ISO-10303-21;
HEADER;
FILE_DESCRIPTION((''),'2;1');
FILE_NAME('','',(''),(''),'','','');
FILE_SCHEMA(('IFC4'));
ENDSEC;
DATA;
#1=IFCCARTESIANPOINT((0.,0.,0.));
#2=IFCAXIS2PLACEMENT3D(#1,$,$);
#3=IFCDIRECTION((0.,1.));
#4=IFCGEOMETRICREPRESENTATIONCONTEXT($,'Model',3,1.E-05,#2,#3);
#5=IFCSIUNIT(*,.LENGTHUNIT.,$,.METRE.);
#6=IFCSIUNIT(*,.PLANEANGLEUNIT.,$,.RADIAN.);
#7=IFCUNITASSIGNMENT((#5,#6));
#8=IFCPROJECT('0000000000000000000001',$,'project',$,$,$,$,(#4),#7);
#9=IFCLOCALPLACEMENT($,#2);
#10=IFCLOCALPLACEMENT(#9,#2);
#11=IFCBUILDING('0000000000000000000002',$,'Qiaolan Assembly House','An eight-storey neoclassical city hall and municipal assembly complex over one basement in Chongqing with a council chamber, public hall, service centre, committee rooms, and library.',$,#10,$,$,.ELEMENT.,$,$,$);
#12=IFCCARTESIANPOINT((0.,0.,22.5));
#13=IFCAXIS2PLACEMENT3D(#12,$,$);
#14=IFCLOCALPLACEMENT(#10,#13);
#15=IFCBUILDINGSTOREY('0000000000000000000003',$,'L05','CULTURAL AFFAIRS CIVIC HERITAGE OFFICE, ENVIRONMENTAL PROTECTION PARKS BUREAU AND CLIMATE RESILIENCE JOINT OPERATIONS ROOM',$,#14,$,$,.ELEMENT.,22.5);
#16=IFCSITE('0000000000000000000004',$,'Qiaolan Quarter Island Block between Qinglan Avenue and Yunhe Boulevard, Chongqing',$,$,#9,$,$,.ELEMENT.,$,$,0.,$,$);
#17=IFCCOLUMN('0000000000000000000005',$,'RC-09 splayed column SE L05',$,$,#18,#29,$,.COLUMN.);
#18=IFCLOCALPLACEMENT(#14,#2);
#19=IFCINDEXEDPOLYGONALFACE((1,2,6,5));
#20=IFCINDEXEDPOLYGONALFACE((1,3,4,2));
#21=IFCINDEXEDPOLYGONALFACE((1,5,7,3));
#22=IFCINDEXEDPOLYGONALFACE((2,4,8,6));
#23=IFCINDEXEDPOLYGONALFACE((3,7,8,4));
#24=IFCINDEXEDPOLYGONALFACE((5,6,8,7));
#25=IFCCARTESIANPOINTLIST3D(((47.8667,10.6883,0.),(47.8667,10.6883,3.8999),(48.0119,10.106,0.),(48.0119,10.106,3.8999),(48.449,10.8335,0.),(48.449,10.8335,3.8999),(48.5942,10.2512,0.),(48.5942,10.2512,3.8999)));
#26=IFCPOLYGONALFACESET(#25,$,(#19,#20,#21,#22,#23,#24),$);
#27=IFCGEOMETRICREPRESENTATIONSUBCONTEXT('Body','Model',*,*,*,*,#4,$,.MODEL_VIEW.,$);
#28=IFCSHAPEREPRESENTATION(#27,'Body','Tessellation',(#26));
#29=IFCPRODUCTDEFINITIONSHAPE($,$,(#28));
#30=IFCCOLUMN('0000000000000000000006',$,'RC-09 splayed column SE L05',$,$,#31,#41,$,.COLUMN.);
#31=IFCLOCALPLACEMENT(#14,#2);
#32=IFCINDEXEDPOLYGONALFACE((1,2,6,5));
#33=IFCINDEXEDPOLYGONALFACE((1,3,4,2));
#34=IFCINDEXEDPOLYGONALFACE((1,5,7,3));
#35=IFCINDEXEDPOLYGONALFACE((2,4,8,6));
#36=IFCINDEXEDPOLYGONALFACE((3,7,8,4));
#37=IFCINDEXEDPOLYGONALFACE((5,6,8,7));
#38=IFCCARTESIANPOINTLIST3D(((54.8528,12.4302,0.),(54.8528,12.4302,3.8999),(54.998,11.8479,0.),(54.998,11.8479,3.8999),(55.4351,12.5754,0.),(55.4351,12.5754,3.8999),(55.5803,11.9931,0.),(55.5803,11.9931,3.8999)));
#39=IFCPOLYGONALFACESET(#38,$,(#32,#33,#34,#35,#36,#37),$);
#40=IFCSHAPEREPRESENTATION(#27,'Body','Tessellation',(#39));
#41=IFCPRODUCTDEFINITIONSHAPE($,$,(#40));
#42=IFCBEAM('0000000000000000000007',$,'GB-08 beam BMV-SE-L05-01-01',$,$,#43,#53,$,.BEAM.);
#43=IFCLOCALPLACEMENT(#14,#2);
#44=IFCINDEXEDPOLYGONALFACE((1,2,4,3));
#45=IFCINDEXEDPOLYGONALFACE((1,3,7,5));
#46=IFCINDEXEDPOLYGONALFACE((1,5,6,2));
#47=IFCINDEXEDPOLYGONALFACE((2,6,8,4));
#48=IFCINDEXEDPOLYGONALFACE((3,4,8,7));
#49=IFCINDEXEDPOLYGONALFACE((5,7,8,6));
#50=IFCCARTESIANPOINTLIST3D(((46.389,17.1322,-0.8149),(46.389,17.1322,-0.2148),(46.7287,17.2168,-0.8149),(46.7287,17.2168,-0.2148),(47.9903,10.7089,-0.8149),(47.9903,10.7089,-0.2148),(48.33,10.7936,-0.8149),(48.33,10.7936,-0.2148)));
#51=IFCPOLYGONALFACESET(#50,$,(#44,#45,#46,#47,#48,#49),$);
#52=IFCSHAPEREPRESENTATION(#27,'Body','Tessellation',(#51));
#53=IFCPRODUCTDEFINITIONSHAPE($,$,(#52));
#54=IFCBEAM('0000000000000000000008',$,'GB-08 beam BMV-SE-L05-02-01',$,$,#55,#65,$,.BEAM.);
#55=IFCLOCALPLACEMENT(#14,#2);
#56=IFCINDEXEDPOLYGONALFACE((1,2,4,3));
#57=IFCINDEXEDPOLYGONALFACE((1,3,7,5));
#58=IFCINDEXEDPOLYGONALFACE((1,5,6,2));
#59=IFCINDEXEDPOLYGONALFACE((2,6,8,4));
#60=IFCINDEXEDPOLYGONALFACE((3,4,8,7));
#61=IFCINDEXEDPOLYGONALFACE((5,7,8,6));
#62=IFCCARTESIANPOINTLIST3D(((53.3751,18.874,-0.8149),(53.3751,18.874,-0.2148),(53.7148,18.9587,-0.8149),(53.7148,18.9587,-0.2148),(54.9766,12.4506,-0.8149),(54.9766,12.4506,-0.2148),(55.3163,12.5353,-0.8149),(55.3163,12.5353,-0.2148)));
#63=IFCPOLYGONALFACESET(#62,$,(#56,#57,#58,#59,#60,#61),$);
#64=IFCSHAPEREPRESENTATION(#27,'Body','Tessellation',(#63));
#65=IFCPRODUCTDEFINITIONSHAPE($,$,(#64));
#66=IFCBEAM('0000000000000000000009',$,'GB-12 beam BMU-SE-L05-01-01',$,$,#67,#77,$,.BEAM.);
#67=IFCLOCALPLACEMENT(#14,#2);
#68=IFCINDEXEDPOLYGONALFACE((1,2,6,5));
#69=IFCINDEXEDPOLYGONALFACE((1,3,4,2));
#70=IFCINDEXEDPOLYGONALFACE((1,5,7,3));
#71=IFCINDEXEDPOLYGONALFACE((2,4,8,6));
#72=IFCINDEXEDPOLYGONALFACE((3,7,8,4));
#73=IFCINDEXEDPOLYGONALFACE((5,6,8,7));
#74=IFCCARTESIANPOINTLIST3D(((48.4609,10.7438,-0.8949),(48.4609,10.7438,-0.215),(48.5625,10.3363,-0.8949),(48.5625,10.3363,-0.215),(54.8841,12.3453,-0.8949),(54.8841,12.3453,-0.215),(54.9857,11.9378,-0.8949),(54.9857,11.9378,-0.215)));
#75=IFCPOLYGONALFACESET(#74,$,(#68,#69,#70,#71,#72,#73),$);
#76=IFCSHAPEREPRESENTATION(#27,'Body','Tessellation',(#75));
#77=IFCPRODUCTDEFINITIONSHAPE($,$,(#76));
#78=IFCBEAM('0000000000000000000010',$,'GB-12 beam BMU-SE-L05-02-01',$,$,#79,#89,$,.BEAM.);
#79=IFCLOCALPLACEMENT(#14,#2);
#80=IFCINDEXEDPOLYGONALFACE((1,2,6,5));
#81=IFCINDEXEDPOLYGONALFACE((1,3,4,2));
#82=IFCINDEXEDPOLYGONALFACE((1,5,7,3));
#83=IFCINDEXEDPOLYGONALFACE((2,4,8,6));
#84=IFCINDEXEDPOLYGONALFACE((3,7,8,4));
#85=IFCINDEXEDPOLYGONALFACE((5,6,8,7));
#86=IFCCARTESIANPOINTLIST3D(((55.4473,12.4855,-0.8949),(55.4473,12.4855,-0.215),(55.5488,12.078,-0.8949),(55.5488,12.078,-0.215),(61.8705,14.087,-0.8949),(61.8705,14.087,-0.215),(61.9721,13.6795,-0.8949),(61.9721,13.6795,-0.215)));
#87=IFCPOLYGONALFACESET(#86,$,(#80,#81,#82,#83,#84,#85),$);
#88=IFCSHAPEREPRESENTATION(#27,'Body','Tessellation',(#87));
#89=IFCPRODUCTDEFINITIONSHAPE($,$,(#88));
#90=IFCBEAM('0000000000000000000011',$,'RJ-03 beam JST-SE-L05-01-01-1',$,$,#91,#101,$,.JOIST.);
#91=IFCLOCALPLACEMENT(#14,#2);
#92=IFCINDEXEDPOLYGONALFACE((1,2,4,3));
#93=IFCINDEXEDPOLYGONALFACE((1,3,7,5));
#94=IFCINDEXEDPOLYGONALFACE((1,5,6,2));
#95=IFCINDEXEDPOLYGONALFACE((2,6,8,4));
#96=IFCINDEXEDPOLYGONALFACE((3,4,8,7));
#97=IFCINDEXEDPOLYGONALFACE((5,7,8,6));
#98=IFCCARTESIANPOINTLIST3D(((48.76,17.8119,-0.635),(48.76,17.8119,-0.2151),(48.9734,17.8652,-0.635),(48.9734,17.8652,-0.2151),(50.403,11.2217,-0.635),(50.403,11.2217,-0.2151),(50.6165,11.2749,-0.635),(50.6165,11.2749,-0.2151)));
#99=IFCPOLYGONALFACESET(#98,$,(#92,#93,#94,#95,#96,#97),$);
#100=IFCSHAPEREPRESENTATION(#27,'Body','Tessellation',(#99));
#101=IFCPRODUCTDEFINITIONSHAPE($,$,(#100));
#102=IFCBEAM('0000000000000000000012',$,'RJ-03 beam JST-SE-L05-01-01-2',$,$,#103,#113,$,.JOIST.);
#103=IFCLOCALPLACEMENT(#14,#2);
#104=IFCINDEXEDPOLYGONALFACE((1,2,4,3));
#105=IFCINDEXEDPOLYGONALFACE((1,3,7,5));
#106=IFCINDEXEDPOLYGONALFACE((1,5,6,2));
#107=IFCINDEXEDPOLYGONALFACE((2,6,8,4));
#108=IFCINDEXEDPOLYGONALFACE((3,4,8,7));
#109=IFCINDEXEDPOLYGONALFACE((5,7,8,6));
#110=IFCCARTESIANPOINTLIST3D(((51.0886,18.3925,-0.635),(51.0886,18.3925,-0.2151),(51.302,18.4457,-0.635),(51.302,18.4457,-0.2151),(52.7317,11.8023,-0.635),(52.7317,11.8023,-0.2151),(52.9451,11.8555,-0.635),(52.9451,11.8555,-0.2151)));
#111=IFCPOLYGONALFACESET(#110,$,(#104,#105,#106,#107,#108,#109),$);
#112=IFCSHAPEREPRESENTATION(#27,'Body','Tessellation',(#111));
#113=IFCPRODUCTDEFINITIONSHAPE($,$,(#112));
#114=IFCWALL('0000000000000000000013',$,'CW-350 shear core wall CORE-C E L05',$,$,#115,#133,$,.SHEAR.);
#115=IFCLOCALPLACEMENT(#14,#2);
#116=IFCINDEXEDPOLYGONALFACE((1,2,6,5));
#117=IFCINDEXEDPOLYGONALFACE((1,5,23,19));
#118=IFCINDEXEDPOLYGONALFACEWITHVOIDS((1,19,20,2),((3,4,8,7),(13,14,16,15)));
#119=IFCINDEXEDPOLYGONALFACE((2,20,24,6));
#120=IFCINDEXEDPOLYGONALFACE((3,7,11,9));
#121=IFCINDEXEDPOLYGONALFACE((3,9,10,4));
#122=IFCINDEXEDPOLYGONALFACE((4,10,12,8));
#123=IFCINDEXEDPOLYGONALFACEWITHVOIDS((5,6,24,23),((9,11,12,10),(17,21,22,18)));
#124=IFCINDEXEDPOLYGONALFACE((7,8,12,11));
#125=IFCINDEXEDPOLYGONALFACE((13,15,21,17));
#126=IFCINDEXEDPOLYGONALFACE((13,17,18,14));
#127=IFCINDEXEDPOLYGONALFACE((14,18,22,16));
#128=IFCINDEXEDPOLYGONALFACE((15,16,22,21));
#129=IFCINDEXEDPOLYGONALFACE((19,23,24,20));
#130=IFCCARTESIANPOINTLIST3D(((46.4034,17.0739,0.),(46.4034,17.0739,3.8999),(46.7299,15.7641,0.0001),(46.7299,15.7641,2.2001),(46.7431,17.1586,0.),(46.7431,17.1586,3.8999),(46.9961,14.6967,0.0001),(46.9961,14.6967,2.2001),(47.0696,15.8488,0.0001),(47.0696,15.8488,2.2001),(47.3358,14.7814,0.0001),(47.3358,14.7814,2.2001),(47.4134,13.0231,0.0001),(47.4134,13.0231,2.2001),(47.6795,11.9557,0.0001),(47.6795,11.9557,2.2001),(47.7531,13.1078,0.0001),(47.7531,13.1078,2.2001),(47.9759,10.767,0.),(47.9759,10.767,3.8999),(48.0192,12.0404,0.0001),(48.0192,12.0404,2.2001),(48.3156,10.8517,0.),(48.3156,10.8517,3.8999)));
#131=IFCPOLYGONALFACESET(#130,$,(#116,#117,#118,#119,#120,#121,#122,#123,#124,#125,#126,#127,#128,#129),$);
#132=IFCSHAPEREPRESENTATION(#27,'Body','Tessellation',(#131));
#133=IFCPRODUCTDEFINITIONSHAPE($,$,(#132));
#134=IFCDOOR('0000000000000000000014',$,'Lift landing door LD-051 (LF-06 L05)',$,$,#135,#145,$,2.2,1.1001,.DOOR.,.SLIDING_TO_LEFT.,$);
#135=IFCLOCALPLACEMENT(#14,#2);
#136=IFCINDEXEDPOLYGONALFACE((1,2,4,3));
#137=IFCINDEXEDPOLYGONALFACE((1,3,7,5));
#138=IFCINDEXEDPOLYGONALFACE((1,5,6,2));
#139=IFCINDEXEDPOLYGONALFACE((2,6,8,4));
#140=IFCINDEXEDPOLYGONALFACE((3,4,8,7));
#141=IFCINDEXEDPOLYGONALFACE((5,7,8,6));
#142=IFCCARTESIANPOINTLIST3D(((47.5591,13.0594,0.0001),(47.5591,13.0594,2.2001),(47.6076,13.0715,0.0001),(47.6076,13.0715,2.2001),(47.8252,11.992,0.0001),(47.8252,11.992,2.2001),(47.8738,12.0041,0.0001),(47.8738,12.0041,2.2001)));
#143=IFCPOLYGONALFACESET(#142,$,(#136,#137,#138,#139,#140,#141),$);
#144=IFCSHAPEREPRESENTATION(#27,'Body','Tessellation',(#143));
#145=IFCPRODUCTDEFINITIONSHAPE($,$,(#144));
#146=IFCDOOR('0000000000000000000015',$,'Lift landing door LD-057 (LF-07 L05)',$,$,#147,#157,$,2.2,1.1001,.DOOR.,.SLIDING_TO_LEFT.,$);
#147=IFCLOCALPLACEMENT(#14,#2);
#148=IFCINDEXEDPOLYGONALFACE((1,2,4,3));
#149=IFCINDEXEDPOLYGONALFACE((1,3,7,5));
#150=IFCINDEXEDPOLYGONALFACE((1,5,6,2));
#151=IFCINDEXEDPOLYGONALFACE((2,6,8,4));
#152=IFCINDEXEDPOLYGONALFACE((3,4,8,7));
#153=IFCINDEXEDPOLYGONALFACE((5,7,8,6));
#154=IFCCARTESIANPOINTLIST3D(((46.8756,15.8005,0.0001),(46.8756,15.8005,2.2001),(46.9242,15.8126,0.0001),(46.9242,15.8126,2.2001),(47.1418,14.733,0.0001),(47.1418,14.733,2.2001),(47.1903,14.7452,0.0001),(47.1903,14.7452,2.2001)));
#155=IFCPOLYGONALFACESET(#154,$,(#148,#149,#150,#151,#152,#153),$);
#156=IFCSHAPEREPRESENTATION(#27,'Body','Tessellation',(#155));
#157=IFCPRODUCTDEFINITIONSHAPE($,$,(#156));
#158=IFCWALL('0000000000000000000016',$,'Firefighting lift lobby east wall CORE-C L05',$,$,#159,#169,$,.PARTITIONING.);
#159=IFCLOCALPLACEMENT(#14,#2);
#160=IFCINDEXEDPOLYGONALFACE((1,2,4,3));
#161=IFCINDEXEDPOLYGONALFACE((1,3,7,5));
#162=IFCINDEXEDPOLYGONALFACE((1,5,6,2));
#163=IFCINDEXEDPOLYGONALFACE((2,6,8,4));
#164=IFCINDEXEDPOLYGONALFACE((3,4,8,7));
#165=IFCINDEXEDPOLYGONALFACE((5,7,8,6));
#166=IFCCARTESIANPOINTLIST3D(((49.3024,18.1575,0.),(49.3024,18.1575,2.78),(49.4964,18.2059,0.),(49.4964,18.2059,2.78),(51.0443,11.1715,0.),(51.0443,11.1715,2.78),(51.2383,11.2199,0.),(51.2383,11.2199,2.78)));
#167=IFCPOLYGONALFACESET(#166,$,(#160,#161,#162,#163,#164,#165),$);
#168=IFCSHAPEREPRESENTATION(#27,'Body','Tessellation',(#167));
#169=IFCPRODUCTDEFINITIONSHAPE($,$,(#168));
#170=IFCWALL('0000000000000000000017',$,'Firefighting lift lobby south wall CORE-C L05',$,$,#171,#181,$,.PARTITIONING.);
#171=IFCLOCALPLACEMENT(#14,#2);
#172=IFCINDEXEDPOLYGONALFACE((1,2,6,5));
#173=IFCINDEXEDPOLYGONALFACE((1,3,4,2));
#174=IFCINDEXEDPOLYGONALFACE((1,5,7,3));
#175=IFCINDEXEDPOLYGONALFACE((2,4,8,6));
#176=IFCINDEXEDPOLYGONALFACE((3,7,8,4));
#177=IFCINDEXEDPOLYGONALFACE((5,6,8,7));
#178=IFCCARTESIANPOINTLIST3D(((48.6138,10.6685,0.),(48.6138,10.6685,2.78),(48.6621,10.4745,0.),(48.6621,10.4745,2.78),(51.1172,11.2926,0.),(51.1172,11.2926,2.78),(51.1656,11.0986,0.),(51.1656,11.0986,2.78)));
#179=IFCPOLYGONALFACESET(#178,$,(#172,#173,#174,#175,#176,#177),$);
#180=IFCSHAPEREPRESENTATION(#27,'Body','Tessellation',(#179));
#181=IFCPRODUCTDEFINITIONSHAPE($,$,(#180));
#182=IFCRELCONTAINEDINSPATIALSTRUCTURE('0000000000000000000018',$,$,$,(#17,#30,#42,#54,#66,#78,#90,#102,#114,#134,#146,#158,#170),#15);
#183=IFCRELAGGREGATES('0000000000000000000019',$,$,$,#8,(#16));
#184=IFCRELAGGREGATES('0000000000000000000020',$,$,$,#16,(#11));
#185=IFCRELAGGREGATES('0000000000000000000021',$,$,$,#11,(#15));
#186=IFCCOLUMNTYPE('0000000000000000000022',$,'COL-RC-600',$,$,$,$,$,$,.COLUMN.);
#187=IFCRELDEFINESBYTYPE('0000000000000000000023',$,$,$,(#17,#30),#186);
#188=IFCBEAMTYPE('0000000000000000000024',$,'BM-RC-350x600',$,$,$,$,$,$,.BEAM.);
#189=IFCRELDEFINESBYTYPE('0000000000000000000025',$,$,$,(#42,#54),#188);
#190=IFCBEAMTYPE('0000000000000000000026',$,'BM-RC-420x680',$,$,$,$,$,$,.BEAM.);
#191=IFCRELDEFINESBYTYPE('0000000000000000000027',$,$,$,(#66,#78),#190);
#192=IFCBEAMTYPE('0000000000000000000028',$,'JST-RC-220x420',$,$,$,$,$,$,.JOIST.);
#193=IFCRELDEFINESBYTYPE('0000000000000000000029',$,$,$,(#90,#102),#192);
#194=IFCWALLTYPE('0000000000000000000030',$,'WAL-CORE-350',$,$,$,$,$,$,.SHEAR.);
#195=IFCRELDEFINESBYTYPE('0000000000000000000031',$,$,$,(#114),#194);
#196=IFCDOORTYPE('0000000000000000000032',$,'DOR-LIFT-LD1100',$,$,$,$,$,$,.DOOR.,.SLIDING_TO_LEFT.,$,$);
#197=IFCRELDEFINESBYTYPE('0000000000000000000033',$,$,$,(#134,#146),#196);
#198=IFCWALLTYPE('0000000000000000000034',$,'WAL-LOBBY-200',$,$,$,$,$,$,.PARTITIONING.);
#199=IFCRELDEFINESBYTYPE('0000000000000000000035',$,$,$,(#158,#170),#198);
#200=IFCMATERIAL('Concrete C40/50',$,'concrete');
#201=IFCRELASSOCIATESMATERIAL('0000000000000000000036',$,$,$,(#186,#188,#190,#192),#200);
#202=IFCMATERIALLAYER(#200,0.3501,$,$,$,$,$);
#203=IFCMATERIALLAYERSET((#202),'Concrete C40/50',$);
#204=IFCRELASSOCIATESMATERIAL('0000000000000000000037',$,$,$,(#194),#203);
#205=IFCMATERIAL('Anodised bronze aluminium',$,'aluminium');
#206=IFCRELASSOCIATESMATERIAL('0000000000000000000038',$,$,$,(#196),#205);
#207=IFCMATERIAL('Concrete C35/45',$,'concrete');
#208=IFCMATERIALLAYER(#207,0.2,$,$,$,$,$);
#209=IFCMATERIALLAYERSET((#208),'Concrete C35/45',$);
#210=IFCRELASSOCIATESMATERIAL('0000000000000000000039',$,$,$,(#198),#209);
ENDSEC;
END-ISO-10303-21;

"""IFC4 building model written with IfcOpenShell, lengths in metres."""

from ifc_helpers import new_model, si_unit, direction, frame, frame_2d, origin, origin_2d, place, context, subcontext, project, spatial, rectangle, extrude, material, layer, layer_set, material_profile, profile_set, type_object, element, fill, save


model = new_model("IFC4")

# Units and contexts
model_context = context("Model", 3, precision=1e-05, world=origin(), true_north=direction((0.0, 1.0)))
body_context = subcontext(model_context, "Body", "Model", "MODEL_VIEW")
ifc_project = project(units=[si_unit("LENGTHUNIT", "METRE"), si_unit("PLANEANGLEUNIT", "RADIAN")], contexts=[model_context])

# Site, building, storey
site_placement = place(None, origin())
site = spatial("IfcSite", under=ifc_project, at=site_placement, Name="Qiaolan Quarter Island Block between Qinglan Avenue and Yunhe Boulevard, Chongqing", CompositionType="ELEMENT", RefElevation=0.0)
building_placement = place(site_placement, origin())
building = spatial("IfcBuilding", under=site, at=building_placement, Name="Qiaolan Assembly House", Description="An eight-storey neoclassical city hall and municipal assembly complex over one basement in Chongqing with a council chamber, public hall, service centre, committee rooms, and library.", CompositionType="ELEMENT")
storey_placement = place(building_placement, frame((0.0, 0.0, 22.5)))
storey = spatial("IfcBuildingStorey", under=building, at=storey_placement, Name="L05", Description="CULTURAL AFFAIRS CIVIC HERITAGE OFFICE, ENVIRONMENTAL PROTECTION PARKS BUREAU AND CLIMATE RESILIENCE JOINT OPERATIONS ROOM", CompositionType="ELEMENT", Elevation=22.5)

# Columns
ifc_material_1 = material(Name="Concrete C40/50", Category="concrete")
ifc_material_profile_1 = material_profile(ifc_material_1, rectangle(XDim=0.6001, YDim=0.6001, at=origin_2d()), Name="RC 600x600")
ifc_profile_set_1 = profile_set([ifc_material_profile_1], Name="Concrete C40/50")
column_type = type_object("IfcColumnType", Name="COL-RC-600", PredefinedType="COLUMN", material=ifc_profile_set_1)
for number, where, z_axis, x_axis, name in (
    (1, (48.2305, 10.4697, 0.0), (0.0, 0.0, 1.0), (0.970296, 0.241922, 0.0), "RC-09 splayed column SE L05"),
    (2, (55.2166, 12.2117, 0.0), (0.0, 0.0, 1.0), (0.970296, 0.241922, 0.0), "RC-09 splayed column SE L05"),
):
    element("IfcColumn", number, at=place(storey_placement, frame(where, z_axis=z_axis, x_axis=x_axis)), inside=storey, type_object=column_type, Name=name, PredefinedType="COLUMN", context=body_context, shape_type="SweptSolid", body=[
        extrude(rectangle(XDim=0.6001, YDim=0.6001, at=origin_2d()), origin(), (0.0, 0.0, 1.0), 3.8999),
    ])

# Beams
ifc_material_profile_2 = material_profile(ifc_material_1, rectangle(XDim=0.3501, YDim=0.6001, at=origin_2d()), Name="RCB 350x600")
ifc_profile_set_2 = profile_set([ifc_material_profile_2], Name="Concrete C40/50")
beam_type_1 = type_object("IfcBeamType", Name="BM-RC-350x600", PredefinedType="BEAM", material=ifc_profile_set_2)
beam_1_placement = place(storey_placement, frame((48.1602, 10.7512, -0.5149), z_axis=(-0.241893, 0.970303, 0.0), x_axis=(-0.970303, -0.241893, 0.0)))
element("IfcBeam", 3, at=beam_1_placement, inside=storey, type_object=beam_type_1, Name="GB-08 beam BMV-SE-L05-01-01", PredefinedType="BEAM", context=body_context, shape_type="SweptSolid", body=[
    extrude(rectangle(XDim=0.3501, YDim=0.6001, at=origin_2d()), origin(), (0.0, 0.0, 1.0), 6.6199),
])
beam_2_placement = place(storey_placement, frame((55.1465, 12.4929, -0.5149), z_axis=(-0.241919, 0.970296, 0.0), x_axis=(-0.970296, -0.241919, 0.0)))
element("IfcBeam", 4, at=beam_2_placement, inside=storey, type_object=beam_type_1, Name="GB-08 beam BMV-SE-L05-02-01", PredefinedType="BEAM", context=body_context, shape_type="SweptSolid", body=[
    extrude(rectangle(XDim=0.3501, YDim=0.6001, at=origin_2d()), origin(), (0.0, 0.0, 1.0), 6.6201),
])
ifc_material_profile_3 = material_profile(ifc_material_1, rectangle(XDim=0.4199, YDim=0.6799, at=origin_2d()), Name="RCB 420x680")
ifc_profile_set_3 = profile_set([ifc_material_profile_3], Name="Concrete C40/50")
beam_type_2 = type_object("IfcBeamType", Name="BM-RC-420x680", PredefinedType="BEAM", material=ifc_profile_set_3)
for number, where, z_axis, x_axis, name in (
    (5, (48.5117, 10.54, -0.5549), (0.970294, 0.241928, 0.0), (-0.241928, 0.970294, 0.0), "GB-12 beam BMU-SE-L05-01-01"),
    (6, (55.498, 12.2817, -0.5549), (0.970294, 0.241928, 0.0), (-0.241928, 0.970294, 0.0), "GB-12 beam BMU-SE-L05-02-01"),
):
    element("IfcBeam", number, at=place(storey_placement, frame(where, z_axis=z_axis, x_axis=x_axis)), inside=storey, type_object=beam_type_2, Name=name, PredefinedType="BEAM", context=body_context, shape_type="SweptSolid", body=[
        extrude(rectangle(XDim=0.4199, YDim=0.6799, at=origin_2d()), origin(), (0.0, 0.0, 1.0), 6.6199),
    ])
ifc_material_profile_4 = material_profile(ifc_material_1, rectangle(XDim=0.22, YDim=0.4199, at=origin_2d()), Name="RCB 220x420")
ifc_profile_set_4 = profile_set([ifc_material_profile_4], Name="Concrete C40/50")
beam_type_3 = type_object("IfcBeamType", Name="JST-RC-220x420", PredefinedType="JOIST", material=ifc_profile_set_4)
for number, where, z_axis, x_axis, name in (
    (7, (50.5098, 11.2483, -0.425), (-0.24191, 0.970299, 0.0), (-0.970299, -0.24191, 0.0), "RJ-03 beam JST-SE-L05-01-01-1"),
    (8, (52.8384, 11.8289, -0.425), (-0.24191, 0.970299, 0.0), (-0.970299, -0.24191, 0.0), "RJ-03 beam JST-SE-L05-01-01-2"),
):
    element("IfcBeam", number, at=place(storey_placement, frame(where, z_axis=z_axis, x_axis=x_axis)), inside=storey, type_object=beam_type_3, Name=name, PredefinedType="JOIST", context=body_context, shape_type="SweptSolid", body=[
        extrude(rectangle(XDim=0.22, YDim=0.4199, at=origin_2d()), origin(), (0.0, 0.0, 1.0), 6.792),
    ])

# Wall, openings, doors
ifc_layer_1 = layer(ifc_material_1, 0.3501)
ifc_layer_set_1 = layer_set([ifc_layer_1], Name="Concrete C40/50")
wall_type_1 = type_object("IfcWallType", Name="WAL-CORE-350", PredefinedType="SHEAR", material=ifc_layer_set_1)
wall_1_placement = place(storey_placement, frame((48.1458, 10.8093, 0.0), z_axis=(0.0, 0.0, 1.0), x_axis=(-0.241926, 0.970295, 0.0)))
wall_1 = element("IfcWall", 9, at=wall_1_placement, inside=storey, type_object=wall_type_1, Name="CW-350 shear core wall CORE-C E L05", PredefinedType="SHEAR", context=body_context, shape_type="SweptSolid", body=[
    extrude(rectangle(XDim=6.5, YDim=0.3501, at=frame_2d((3.25, 0.0))), origin(), (0.0, 0.0, 1.0), 3.8999),
])
opening_1_placement = place(wall_1_placement, frame((1.2251, 0.0, 0.0)))
opening_1 = element("IfcOpeningElement", 10, at=opening_1_placement, cuts=wall_1, PredefinedType="OPENING", context=body_context, shape_type="SweptSolid", body=[
    extrude(rectangle(XDim=1.1001, YDim=2.2, at=frame_2d((0.55, 1.1001))), frame((0.0, 0.1851, 0.0), z_axis=(0.0, -1.0, 0.0), x_axis=(1.0, 0.0, 0.0)), (0.0, 0.0, 1.0), 0.3701),
])
opening_2_placement = place(wall_1_placement, frame((4.05, 0.0, 0.0)))
opening_2 = element("IfcOpeningElement", 11, at=opening_2_placement, cuts=wall_1, PredefinedType="OPENING", context=body_context, shape_type="SweptSolid", body=[
    extrude(rectangle(XDim=1.1001, YDim=2.2, at=frame_2d((0.55, 1.1001))), frame((0.0, 0.1851, 0.0), z_axis=(0.0, -1.0, 0.0), x_axis=(1.0, 0.0, 0.0)), (0.0, 0.0, 1.0), 0.3701),
])
ifc_material_2 = material(Name="Anodised bronze aluminium", Category="aluminium")
door_type_1 = type_object("IfcDoorType", Name="DOR-LIFT-LD1100", OperationType="SLIDING_TO_LEFT", PredefinedType="DOOR", material=ifc_material_2)
door_1_placement = place(opening_1_placement, origin())
door_1 = element("IfcDoor", 12, at=door_1_placement, inside=storey, type_object=door_type_1, Name="Lift landing door LD-051 (LF-06 L05)", OperationType="SLIDING_TO_LEFT", OverallHeight=2.2, OverallWidth=1.1001, PredefinedType="DOOR", context=body_context, shape_type="SweptSolid", body=[
    extrude(rectangle(XDim=1.1001, YDim=2.2, at=frame_2d((0.55, 1.1001))), frame((0.0, 0.0249, 0.0), z_axis=(0.0, -1.0, 0.0), x_axis=(1.0, 0.0, 0.0)), (0.0, 0.0, 1.0), 0.05),
])
fill(opening_1, door_1)
door_2_placement = place(opening_2_placement, origin())
door_2 = element("IfcDoor", 13, at=door_2_placement, inside=storey, type_object=door_type_1, Name="Lift landing door LD-057 (LF-07 L05)", OperationType="SLIDING_TO_LEFT", OverallHeight=2.2, OverallWidth=1.1001, PredefinedType="DOOR", context=body_context, shape_type="SweptSolid", body=[
    extrude(rectangle(XDim=1.1001, YDim=2.2, at=frame_2d((0.55, 1.1001))), frame((0.0, 0.0249, 0.0), z_axis=(0.0, -1.0, 0.0), x_axis=(1.0, 0.0, 0.0)), (0.0, 0.0, 1.0), 0.05),
])
fill(opening_2, door_2)

# Walls
ifc_material_3 = material(Name="Concrete C35/45", Category="concrete")
ifc_layer_2 = layer(ifc_material_3, 0.2)
ifc_layer_set_2 = layer_set([ifc_layer_2], Name="Concrete C35/45")
wall_type_2 = type_object("IfcWallType", Name="WAL-LOBBY-200", PredefinedType="PARTITIONING", material=ifc_layer_set_2)
wall_2_placement = place(storey_placement, frame((51.1414, 11.1956, 0.0), z_axis=(0.0, 0.0, 1.0), x_axis=(-0.241937, 0.970292, 0.0)))
element("IfcWall", 14, at=wall_2_placement, inside=storey, type_object=wall_type_2, Name="Firefighting lift lobby east wall CORE-C L05", PredefinedType="PARTITIONING", context=body_context, shape_type="SweptSolid", body=[
    extrude(rectangle(XDim=7.2, YDim=0.2, at=frame_2d((3.6001, 0.0))), origin(), (0.0, 0.0, 1.0), 2.78),
])
wall_3_placement = place(storey_placement, frame((48.6379, 10.5715, 0.0), z_axis=(0.0, 0.0, 1.0), x_axis=(0.970309, 0.241868, 0.0)))
element("IfcWall", 15, at=wall_3_placement, inside=storey, type_object=wall_type_2, Name="Firefighting lift lobby south wall CORE-C L05", PredefinedType="PARTITIONING", context=body_context, shape_type="SweptSolid", body=[
    extrude(rectangle(XDim=2.5801, YDim=0.2, at=frame_2d((1.29, 0.0))), origin(), (0.0, 0.0, 1.0), 2.78),
])

save(model, "model.ifc")
